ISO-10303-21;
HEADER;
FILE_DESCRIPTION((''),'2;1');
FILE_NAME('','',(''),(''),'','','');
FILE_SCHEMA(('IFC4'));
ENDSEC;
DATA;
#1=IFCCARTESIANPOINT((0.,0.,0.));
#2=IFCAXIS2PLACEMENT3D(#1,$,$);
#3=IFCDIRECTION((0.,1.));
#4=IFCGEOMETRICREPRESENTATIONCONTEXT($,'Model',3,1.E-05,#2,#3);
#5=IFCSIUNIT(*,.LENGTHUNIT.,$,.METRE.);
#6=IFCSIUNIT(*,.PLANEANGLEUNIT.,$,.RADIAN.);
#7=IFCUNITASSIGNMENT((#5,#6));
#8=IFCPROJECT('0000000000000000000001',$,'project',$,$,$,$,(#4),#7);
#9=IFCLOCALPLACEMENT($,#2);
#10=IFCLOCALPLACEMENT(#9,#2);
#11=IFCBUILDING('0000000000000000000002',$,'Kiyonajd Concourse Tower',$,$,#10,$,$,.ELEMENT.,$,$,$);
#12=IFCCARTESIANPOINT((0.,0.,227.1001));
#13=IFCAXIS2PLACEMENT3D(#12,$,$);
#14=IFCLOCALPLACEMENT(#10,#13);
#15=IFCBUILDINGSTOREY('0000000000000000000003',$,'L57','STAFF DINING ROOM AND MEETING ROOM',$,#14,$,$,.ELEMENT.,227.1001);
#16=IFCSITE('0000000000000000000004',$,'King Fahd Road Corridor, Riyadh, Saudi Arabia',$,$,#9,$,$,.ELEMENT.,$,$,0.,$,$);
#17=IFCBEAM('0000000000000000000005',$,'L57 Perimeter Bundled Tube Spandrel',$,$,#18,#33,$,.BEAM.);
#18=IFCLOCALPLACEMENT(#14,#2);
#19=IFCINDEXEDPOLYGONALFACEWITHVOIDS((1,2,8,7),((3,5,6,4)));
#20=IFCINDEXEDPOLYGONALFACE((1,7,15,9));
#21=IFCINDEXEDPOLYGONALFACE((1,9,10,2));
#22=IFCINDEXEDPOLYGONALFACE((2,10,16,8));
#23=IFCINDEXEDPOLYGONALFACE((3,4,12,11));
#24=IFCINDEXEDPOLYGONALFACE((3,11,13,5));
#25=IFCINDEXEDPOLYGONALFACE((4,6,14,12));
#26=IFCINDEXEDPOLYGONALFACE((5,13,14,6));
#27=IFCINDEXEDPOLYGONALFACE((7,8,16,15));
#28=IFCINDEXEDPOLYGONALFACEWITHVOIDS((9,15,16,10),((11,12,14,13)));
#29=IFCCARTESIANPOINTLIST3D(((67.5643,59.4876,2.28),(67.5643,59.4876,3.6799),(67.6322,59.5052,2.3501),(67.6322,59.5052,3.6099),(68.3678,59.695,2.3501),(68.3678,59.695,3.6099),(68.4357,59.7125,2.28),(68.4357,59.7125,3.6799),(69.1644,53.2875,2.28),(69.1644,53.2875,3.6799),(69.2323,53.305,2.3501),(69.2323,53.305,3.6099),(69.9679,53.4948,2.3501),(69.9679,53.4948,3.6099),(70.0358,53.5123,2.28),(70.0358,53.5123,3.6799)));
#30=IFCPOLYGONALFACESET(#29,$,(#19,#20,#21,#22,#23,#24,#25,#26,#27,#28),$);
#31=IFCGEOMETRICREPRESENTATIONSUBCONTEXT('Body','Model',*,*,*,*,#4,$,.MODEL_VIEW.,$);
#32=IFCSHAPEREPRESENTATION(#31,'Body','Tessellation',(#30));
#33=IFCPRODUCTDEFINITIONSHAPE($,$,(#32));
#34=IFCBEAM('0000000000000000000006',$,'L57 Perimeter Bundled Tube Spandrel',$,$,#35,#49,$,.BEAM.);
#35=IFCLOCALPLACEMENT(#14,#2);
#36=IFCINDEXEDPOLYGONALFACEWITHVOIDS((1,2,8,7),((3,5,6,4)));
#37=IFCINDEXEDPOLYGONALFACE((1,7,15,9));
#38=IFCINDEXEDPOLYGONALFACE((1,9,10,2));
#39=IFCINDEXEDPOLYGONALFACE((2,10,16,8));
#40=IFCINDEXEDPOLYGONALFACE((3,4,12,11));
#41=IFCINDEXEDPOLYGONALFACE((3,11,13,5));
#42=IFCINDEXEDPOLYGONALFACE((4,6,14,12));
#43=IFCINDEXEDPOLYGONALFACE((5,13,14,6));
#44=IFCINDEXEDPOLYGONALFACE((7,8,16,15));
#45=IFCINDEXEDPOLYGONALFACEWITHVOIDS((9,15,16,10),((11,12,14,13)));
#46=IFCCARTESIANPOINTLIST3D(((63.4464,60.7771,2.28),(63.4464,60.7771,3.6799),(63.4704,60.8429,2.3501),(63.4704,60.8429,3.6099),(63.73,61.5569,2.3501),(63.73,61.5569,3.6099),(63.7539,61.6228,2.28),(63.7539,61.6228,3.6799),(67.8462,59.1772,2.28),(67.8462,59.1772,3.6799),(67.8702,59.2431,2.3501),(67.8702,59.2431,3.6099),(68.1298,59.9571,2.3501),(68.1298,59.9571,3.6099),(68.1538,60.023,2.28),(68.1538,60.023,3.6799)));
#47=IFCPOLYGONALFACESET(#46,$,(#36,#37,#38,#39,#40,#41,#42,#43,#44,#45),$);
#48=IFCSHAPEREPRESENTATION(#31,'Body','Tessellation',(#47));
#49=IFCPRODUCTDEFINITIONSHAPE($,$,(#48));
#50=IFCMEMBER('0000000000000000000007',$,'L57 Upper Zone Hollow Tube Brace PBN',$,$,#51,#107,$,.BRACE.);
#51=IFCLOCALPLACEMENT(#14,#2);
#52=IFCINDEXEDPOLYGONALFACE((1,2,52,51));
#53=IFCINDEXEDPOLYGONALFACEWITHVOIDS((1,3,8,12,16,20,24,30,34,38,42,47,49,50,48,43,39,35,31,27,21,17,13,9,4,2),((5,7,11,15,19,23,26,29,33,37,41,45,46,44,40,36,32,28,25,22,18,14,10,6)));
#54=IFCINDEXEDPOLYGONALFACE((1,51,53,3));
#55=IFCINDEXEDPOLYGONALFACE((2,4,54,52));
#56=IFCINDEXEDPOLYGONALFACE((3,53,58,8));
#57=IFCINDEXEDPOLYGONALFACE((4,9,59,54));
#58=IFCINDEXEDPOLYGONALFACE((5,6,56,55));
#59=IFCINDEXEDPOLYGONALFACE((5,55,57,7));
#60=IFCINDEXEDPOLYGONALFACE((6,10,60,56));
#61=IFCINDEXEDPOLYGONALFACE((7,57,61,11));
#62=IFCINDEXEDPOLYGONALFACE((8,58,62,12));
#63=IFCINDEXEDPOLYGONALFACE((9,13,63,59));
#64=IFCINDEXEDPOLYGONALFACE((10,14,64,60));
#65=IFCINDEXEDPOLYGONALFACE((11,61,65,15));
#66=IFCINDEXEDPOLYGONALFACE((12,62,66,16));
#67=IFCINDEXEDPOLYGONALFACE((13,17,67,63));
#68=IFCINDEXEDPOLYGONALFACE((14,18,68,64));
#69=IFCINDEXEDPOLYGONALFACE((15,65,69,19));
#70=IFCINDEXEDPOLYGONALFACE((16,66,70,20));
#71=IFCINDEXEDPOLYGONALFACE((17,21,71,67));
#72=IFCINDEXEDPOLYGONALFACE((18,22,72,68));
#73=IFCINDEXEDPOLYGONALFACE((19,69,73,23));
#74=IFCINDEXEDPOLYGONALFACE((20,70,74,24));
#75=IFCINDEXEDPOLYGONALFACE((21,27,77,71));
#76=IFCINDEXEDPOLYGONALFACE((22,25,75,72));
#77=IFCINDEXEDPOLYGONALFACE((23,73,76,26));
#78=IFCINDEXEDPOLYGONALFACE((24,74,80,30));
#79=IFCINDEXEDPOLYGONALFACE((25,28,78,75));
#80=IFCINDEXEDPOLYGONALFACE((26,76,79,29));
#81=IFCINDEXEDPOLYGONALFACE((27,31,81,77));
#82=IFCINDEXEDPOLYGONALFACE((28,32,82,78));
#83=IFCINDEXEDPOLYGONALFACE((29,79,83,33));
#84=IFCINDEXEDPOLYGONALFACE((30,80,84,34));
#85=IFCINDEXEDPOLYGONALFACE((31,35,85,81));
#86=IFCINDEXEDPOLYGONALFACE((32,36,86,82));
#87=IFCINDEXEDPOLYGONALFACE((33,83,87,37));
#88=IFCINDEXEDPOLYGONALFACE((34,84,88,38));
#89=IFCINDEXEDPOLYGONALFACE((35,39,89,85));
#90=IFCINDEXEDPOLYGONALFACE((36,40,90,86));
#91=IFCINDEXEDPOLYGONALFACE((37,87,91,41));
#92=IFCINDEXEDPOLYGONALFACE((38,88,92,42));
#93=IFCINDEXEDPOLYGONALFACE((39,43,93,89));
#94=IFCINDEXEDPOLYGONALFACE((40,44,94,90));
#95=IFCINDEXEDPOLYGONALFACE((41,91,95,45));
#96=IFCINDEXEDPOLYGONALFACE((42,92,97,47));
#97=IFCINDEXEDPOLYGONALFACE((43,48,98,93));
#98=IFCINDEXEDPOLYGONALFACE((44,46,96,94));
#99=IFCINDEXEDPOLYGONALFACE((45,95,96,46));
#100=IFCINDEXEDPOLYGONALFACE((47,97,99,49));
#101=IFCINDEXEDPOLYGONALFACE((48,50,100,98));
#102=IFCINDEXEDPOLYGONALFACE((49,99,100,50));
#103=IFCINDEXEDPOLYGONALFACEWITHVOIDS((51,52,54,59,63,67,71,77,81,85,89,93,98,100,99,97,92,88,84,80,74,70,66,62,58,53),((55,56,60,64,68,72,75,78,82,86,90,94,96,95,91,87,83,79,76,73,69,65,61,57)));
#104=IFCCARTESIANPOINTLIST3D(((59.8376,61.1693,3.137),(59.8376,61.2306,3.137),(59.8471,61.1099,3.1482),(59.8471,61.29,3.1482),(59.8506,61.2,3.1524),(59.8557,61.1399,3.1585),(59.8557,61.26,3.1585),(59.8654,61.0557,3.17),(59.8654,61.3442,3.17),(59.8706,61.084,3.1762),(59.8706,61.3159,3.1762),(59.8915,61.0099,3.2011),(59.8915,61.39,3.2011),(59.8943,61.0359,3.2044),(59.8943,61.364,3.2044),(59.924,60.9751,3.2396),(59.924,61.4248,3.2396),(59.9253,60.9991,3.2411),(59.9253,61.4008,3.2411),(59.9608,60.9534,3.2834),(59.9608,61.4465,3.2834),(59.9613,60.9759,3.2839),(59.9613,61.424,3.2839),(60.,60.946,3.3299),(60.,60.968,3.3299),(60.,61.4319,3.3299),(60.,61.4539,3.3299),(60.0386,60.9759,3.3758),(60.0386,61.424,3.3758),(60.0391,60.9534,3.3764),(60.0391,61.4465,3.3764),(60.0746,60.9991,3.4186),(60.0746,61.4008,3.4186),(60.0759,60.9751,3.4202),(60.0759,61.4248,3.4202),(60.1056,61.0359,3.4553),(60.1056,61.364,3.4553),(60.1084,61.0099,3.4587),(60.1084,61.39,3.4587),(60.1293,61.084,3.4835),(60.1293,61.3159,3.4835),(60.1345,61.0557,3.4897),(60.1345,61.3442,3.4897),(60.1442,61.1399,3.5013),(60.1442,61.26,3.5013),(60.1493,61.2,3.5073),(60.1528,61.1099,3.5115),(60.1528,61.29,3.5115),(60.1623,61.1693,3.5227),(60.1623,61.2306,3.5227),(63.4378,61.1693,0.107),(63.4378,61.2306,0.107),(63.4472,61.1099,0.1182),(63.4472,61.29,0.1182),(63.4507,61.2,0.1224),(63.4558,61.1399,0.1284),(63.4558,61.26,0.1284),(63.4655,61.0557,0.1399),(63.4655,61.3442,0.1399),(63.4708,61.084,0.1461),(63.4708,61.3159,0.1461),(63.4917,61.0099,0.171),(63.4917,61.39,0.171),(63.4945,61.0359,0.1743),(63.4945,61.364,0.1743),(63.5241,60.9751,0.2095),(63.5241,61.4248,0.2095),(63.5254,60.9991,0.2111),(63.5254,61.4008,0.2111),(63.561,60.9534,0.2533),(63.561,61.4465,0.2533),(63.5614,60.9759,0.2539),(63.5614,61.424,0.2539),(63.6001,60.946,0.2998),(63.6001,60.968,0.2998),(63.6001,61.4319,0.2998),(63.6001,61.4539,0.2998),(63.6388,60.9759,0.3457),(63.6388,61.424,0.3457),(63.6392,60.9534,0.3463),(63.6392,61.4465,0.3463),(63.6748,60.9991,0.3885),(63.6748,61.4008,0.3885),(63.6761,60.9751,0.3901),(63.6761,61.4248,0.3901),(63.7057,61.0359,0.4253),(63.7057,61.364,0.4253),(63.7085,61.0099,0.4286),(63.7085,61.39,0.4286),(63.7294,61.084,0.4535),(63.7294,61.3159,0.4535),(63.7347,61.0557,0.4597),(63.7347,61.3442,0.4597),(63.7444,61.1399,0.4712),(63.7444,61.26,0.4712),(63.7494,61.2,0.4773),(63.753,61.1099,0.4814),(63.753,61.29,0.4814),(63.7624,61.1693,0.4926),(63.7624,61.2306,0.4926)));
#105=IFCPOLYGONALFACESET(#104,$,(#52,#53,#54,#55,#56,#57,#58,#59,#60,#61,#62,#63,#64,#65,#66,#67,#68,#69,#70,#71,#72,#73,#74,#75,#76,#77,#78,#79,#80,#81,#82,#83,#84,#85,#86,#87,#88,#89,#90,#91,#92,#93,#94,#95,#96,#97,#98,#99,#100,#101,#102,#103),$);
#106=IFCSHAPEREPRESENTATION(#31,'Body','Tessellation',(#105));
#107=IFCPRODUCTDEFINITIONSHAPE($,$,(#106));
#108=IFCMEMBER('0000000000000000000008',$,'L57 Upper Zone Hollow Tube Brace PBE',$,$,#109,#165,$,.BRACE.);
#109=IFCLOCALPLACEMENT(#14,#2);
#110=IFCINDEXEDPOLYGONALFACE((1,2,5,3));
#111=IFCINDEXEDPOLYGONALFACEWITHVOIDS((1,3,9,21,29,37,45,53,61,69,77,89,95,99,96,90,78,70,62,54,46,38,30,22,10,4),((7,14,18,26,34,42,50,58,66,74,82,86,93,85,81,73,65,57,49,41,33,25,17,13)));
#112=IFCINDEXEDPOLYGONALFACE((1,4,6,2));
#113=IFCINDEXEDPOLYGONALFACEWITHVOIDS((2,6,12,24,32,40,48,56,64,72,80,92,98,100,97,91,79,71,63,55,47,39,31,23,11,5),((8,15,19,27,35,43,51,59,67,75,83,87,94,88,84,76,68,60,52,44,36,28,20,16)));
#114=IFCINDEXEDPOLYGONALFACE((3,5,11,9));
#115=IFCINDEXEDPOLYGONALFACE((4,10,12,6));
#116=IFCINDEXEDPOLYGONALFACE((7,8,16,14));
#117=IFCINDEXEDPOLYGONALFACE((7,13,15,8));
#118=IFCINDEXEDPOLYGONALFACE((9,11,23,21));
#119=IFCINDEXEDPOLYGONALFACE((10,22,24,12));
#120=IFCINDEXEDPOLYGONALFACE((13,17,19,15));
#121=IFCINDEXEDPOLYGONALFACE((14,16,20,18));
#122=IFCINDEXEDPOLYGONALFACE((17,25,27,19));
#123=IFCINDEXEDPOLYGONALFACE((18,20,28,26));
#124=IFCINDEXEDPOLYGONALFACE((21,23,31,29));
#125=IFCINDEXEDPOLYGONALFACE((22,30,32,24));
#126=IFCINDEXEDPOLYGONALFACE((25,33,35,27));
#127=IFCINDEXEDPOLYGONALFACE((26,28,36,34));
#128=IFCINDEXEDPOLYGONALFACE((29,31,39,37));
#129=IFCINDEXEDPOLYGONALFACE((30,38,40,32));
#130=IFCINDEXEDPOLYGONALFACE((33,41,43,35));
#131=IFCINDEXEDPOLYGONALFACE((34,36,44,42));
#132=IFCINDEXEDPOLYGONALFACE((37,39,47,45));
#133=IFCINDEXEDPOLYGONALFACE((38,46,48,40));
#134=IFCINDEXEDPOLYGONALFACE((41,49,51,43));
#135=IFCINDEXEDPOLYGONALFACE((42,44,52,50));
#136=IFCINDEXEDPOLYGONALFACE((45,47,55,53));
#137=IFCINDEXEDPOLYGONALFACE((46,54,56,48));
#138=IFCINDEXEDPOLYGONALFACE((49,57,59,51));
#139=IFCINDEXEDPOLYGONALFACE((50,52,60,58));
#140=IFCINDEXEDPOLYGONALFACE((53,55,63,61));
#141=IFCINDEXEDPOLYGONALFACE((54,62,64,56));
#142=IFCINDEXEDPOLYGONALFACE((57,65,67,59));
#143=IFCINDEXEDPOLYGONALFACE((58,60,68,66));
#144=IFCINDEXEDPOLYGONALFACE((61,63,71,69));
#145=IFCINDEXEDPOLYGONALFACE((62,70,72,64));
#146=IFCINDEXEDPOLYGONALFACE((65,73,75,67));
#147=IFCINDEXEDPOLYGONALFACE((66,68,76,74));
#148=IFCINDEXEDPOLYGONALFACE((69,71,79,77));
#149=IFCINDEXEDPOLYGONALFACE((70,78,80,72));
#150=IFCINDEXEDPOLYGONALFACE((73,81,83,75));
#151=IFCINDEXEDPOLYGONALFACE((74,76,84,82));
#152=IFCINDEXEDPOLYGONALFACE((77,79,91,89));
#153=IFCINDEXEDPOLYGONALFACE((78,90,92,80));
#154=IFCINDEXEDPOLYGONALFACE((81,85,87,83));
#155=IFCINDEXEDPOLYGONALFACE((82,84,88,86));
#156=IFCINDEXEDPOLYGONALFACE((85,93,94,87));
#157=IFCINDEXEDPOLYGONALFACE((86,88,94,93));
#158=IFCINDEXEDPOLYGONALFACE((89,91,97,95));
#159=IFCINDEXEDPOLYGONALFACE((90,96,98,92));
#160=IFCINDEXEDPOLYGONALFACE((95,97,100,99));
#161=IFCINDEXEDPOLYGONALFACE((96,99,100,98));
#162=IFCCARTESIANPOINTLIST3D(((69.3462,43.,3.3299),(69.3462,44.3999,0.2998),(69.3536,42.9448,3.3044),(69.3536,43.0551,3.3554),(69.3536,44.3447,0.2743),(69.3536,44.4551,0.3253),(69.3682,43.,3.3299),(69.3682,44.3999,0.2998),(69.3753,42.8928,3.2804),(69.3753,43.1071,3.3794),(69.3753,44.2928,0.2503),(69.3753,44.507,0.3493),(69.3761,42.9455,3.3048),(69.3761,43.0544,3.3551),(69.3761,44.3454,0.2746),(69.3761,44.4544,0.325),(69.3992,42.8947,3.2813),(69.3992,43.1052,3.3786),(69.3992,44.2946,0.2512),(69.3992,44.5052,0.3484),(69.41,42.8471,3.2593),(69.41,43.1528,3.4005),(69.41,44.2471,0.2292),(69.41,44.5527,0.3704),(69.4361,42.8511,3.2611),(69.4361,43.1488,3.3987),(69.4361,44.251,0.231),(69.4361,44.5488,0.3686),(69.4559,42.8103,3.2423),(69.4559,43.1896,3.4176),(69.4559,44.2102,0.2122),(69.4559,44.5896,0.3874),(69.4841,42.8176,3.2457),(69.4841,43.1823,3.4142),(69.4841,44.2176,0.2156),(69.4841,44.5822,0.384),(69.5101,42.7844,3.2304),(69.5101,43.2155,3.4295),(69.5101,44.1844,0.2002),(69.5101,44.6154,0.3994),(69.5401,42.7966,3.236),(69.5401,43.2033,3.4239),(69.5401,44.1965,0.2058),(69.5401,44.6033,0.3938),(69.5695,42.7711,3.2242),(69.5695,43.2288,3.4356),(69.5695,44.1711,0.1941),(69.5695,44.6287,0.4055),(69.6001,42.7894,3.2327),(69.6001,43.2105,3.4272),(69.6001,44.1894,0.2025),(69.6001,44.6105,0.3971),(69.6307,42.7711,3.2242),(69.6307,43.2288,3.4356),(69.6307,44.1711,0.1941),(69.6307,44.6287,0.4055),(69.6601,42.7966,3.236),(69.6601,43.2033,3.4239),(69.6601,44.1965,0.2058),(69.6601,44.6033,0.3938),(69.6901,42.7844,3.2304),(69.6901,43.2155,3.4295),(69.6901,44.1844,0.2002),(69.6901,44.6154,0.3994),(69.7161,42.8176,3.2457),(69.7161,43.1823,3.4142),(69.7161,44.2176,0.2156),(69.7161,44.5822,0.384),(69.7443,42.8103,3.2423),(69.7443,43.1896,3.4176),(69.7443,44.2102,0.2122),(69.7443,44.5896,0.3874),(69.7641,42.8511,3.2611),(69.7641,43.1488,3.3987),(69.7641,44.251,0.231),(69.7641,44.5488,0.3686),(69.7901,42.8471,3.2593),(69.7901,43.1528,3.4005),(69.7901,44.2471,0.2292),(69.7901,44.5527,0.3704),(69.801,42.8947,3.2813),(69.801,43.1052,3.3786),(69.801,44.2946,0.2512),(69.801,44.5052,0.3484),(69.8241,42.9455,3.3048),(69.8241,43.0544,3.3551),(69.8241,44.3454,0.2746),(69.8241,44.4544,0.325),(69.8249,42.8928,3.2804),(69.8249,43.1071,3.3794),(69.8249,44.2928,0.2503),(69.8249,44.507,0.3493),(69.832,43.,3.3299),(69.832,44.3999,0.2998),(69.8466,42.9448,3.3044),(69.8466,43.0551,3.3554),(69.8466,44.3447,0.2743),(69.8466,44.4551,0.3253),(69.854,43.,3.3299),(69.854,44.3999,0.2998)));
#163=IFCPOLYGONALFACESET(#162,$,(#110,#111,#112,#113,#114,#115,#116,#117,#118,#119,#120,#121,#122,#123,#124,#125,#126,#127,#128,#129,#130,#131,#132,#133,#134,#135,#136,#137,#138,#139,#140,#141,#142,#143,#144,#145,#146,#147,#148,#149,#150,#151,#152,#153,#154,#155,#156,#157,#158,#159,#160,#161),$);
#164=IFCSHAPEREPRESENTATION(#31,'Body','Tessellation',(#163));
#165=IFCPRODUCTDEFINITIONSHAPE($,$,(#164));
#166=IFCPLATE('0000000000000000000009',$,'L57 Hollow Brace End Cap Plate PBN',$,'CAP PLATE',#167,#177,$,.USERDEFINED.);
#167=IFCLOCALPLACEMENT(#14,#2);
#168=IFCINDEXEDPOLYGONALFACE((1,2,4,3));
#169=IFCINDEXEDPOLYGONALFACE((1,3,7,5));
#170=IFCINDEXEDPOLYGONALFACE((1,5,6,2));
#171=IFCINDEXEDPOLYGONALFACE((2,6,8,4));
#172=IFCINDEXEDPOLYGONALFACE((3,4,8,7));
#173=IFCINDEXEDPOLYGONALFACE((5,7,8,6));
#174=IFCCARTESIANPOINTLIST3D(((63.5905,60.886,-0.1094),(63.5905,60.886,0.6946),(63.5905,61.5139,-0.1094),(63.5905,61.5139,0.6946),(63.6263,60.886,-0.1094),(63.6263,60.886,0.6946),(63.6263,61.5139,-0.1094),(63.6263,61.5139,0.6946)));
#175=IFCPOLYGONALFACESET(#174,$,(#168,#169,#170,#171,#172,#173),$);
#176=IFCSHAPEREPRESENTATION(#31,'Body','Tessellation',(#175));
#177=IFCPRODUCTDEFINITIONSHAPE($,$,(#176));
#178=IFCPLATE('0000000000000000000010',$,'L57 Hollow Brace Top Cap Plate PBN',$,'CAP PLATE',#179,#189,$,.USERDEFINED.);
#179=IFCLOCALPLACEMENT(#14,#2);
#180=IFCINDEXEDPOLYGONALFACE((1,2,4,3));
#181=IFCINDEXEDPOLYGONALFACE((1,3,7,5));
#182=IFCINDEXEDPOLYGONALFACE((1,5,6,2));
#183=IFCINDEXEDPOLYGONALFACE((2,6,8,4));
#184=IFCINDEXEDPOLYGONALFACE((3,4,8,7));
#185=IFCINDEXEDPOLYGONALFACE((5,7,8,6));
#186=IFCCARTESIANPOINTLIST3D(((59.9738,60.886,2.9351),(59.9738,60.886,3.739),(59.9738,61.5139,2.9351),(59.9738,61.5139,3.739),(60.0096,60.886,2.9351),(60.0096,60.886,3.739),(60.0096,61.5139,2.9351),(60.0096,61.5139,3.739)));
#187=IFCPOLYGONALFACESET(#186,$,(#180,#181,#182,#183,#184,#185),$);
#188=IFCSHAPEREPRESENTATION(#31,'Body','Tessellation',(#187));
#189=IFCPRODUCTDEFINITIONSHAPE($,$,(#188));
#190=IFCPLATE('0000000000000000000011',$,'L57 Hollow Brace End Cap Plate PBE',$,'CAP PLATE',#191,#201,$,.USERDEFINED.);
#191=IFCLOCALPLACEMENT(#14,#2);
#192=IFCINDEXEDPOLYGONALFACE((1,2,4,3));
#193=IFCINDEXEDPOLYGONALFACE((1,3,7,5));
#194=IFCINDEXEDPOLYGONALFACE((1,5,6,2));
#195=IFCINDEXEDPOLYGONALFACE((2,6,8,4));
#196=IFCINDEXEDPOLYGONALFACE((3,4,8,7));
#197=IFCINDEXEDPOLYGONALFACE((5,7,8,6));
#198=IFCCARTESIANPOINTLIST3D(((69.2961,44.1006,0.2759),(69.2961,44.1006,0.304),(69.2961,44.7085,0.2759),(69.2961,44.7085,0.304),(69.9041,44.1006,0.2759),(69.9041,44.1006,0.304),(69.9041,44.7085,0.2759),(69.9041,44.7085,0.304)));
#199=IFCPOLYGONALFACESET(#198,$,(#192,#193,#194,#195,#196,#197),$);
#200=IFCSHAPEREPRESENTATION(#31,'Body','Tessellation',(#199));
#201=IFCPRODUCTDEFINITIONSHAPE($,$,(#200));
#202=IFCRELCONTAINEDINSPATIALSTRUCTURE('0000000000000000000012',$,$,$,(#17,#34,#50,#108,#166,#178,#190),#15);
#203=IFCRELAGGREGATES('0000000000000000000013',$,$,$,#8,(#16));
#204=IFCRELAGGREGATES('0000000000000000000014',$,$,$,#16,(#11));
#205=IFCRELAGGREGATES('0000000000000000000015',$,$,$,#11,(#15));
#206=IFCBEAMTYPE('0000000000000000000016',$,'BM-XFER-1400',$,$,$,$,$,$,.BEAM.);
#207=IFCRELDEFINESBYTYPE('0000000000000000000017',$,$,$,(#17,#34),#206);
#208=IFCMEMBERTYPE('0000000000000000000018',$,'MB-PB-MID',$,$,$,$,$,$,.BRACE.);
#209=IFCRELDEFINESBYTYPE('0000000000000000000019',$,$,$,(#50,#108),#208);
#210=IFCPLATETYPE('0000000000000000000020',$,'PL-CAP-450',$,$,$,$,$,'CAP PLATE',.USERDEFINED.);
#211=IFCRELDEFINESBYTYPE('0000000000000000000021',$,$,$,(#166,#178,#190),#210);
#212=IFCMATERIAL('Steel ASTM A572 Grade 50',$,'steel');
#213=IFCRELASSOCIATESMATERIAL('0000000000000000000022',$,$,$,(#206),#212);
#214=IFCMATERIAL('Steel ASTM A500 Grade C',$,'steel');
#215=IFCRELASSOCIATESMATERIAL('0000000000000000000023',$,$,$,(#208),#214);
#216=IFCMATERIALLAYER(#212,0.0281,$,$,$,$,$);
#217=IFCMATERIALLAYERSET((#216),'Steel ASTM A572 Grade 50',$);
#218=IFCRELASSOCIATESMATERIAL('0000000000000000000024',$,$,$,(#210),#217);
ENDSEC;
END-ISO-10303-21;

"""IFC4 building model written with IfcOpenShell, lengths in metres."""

from ifc_helpers import new_model, si_unit, direction, frame, origin, origin_2d, place, context, subcontext, project, spatial, rectangle, hollow_rectangle, hollow_circle, extrude, material, layer, layer_set, material_profile, profile_set, type_object, element, save


model = new_model("IFC4")

# Units and contexts
model_context = context("Model", 3, precision=1e-05, world=origin(), true_north=direction((0.0, 1.0)))
body_context = subcontext(model_context, "Body", "Model", "MODEL_VIEW")
ifc_project = project(units=[si_unit("LENGTHUNIT", "METRE"), si_unit("PLANEANGLEUNIT", "RADIAN")], contexts=[model_context])

# Site, building, storey
site_placement = place(None, origin())
site = spatial("IfcSite", under=ifc_project, at=site_placement, Name="King Fahd Road Corridor, Riyadh, Saudi Arabia", CompositionType="ELEMENT", RefElevation=0.0)
building_placement = place(site_placement, origin())
building = spatial("IfcBuilding", under=site, at=building_placement, Name="Kiyonajd Concourse Tower", CompositionType="ELEMENT")
storey_placement = place(building_placement, frame((0.0, 0.0, 227.1001)))
storey = spatial("IfcBuildingStorey", under=building, at=storey_placement, Name="L57", Description="STAFF DINING ROOM AND MEETING ROOM", CompositionType="ELEMENT", Elevation=227.1001)

# Beams
ifc_material_1 = material(Name="Steel ASTM A572 Grade 50", Category="steel")
ifc_material_profile_1 = material_profile(ifc_material_1, hollow_rectangle(XDim=0.8999, YDim=1.3999, WallThickness=0.0701, at=origin_2d()), Name="BOX-1400x900x70")
ifc_profile_set_1 = profile_set([ifc_material_profile_1], Name="Steel ASTM A572 Grade 50")
beam_type_1 = type_object("IfcBeamType", Name="BM-XFER-1400", PredefinedType="BEAM", material=ifc_profile_set_1)
beam_1_placement = place(storey_placement, frame((69.6001, 53.3999, 2.98), z_axis=(-0.249885, 0.968276, 0.0), x_axis=(-0.968276, -0.249885, 0.0)))
element("IfcBeam", 1, at=beam_1_placement, inside=storey, type_object=beam_type_1, Name="L57 Perimeter Bundled Tube Spandrel", PredefinedType="BEAM", context=body_context, shape_type="SweptSolid", body=[
    extrude(hollow_rectangle(XDim=0.8999, YDim=1.3999, WallThickness=0.0701, at=origin_2d()), origin(), (0.0, 0.0, 1.0), 6.4033),
])
beam_2_placement = place(storey_placement, frame((68.0, 59.6001, 2.98), z_axis=(-0.939801, 0.341722, 0.0), x_axis=(-0.341722, -0.939801, 0.0)))
element("IfcBeam", 2, at=beam_2_placement, inside=storey, type_object=beam_type_1, Name="L57 Perimeter Bundled Tube Spandrel", PredefinedType="BEAM", context=body_context, shape_type="SweptSolid", body=[
    extrude(hollow_rectangle(XDim=0.8999, YDim=1.3999, WallThickness=0.0701, at=origin_2d()), origin(), (0.0, 0.0, 1.0), 4.6816),
])

# Members
ifc_material_2 = material(Name="Steel ASTM A500 Grade C", Category="steel")
ifc_material_profile_2 = material_profile(ifc_material_2, hollow_circle(Radius=0.2539, WallThickness=0.022, at=origin_2d()), Name="CHS-508x22")
ifc_profile_set_2 = profile_set([ifc_material_profile_2], Name="Steel ASTM A500 Grade C")
member_type = type_object("IfcMemberType", Name="MB-PB-MID", PredefinedType="BRACE", material=ifc_profile_set_2)
member_1_placement = place(storey_placement, frame((63.6001, 61.2, 0.2998), z_axis=(-0.765082, 0.0, 0.643933), x_axis=(0.0, -1.0, 0.0)))
element("IfcMember", 3, at=member_1_placement, inside=storey, type_object=member_type, Name="L57 Upper Zone Hollow Tube Brace PBN", PredefinedType="BRACE", context=body_context, shape_type="SweptSolid", body=[
    extrude(hollow_circle(Radius=0.2539, WallThickness=0.022, at=origin_2d()), origin(), (0.0, 0.0, 1.0), 4.7056),
])
member_2_placement = place(storey_placement, frame((69.6001, 44.3999, 0.2998), z_axis=(0.0, -0.419411, 0.907797), x_axis=(1.0, 0.0, 0.0)))
element("IfcMember", 4, at=member_2_placement, inside=storey, type_object=member_type, Name="L57 Upper Zone Hollow Tube Brace PBE", PredefinedType="BRACE", context=body_context, shape_type="SweptSolid", body=[
    extrude(hollow_circle(Radius=0.2539, WallThickness=0.022, at=origin_2d()), origin(), (0.0, 0.0, 1.0), 3.3379),
])

# Plates
ifc_layer_1 = layer(ifc_material_1, 0.0281)
ifc_layer_set_1 = layer_set([ifc_layer_1], Name="Steel ASTM A572 Grade 50")
plate_type_1 = type_object("IfcPlateType", Name="PL-CAP-450", ElementType="CAP PLATE", PredefinedType="USERDEFINED", material=ifc_layer_set_1)
for number, where, z_axis, x_axis, name in (
    (5, (63.6084, 61.2, -0.1094), (0.0, 0.0, 1.0), (1.0, 0.0, 0.0), "L57 Hollow Brace End Cap Plate PBN"),
    (6, (59.9917, 61.2, 2.9351), (0.0, 0.0, 1.0), (-1.0, 0.0, 0.0), "L57 Hollow Brace Top Cap Plate PBN"),
):
    element("IfcPlate", number, at=place(storey_placement, frame(where, z_axis=z_axis, x_axis=x_axis)), inside=storey, type_object=plate_type_1, Name=name, ObjectType="CAP PLATE", PredefinedType="USERDEFINED", context=body_context, shape_type="SweptSolid", body=[
        extrude(rectangle(XDim=0.0359, YDim=0.6279, at=origin_2d()), origin(), (0.0, 0.0, 1.0), 0.804),
    ])
plate_placement = place(storey_placement, frame((69.6001, 44.4045, 0.2759), z_axis=(0.0, 0.0, 1.0), x_axis=(1.0, 0.0, 0.0)))
element("IfcPlate", 7, at=plate_placement, inside=storey, type_object=plate_type_1, Name="L57 Hollow Brace End Cap Plate PBE", ObjectType="CAP PLATE", PredefinedType="USERDEFINED", context=body_context, shape_type="SweptSolid", body=[
    extrude(rectangle(XDim=0.6079, YDim=0.6079, at=origin_2d()), origin(), (0.0, 0.0, 1.0), 0.0281),
])

save(model, "model.ifc")
